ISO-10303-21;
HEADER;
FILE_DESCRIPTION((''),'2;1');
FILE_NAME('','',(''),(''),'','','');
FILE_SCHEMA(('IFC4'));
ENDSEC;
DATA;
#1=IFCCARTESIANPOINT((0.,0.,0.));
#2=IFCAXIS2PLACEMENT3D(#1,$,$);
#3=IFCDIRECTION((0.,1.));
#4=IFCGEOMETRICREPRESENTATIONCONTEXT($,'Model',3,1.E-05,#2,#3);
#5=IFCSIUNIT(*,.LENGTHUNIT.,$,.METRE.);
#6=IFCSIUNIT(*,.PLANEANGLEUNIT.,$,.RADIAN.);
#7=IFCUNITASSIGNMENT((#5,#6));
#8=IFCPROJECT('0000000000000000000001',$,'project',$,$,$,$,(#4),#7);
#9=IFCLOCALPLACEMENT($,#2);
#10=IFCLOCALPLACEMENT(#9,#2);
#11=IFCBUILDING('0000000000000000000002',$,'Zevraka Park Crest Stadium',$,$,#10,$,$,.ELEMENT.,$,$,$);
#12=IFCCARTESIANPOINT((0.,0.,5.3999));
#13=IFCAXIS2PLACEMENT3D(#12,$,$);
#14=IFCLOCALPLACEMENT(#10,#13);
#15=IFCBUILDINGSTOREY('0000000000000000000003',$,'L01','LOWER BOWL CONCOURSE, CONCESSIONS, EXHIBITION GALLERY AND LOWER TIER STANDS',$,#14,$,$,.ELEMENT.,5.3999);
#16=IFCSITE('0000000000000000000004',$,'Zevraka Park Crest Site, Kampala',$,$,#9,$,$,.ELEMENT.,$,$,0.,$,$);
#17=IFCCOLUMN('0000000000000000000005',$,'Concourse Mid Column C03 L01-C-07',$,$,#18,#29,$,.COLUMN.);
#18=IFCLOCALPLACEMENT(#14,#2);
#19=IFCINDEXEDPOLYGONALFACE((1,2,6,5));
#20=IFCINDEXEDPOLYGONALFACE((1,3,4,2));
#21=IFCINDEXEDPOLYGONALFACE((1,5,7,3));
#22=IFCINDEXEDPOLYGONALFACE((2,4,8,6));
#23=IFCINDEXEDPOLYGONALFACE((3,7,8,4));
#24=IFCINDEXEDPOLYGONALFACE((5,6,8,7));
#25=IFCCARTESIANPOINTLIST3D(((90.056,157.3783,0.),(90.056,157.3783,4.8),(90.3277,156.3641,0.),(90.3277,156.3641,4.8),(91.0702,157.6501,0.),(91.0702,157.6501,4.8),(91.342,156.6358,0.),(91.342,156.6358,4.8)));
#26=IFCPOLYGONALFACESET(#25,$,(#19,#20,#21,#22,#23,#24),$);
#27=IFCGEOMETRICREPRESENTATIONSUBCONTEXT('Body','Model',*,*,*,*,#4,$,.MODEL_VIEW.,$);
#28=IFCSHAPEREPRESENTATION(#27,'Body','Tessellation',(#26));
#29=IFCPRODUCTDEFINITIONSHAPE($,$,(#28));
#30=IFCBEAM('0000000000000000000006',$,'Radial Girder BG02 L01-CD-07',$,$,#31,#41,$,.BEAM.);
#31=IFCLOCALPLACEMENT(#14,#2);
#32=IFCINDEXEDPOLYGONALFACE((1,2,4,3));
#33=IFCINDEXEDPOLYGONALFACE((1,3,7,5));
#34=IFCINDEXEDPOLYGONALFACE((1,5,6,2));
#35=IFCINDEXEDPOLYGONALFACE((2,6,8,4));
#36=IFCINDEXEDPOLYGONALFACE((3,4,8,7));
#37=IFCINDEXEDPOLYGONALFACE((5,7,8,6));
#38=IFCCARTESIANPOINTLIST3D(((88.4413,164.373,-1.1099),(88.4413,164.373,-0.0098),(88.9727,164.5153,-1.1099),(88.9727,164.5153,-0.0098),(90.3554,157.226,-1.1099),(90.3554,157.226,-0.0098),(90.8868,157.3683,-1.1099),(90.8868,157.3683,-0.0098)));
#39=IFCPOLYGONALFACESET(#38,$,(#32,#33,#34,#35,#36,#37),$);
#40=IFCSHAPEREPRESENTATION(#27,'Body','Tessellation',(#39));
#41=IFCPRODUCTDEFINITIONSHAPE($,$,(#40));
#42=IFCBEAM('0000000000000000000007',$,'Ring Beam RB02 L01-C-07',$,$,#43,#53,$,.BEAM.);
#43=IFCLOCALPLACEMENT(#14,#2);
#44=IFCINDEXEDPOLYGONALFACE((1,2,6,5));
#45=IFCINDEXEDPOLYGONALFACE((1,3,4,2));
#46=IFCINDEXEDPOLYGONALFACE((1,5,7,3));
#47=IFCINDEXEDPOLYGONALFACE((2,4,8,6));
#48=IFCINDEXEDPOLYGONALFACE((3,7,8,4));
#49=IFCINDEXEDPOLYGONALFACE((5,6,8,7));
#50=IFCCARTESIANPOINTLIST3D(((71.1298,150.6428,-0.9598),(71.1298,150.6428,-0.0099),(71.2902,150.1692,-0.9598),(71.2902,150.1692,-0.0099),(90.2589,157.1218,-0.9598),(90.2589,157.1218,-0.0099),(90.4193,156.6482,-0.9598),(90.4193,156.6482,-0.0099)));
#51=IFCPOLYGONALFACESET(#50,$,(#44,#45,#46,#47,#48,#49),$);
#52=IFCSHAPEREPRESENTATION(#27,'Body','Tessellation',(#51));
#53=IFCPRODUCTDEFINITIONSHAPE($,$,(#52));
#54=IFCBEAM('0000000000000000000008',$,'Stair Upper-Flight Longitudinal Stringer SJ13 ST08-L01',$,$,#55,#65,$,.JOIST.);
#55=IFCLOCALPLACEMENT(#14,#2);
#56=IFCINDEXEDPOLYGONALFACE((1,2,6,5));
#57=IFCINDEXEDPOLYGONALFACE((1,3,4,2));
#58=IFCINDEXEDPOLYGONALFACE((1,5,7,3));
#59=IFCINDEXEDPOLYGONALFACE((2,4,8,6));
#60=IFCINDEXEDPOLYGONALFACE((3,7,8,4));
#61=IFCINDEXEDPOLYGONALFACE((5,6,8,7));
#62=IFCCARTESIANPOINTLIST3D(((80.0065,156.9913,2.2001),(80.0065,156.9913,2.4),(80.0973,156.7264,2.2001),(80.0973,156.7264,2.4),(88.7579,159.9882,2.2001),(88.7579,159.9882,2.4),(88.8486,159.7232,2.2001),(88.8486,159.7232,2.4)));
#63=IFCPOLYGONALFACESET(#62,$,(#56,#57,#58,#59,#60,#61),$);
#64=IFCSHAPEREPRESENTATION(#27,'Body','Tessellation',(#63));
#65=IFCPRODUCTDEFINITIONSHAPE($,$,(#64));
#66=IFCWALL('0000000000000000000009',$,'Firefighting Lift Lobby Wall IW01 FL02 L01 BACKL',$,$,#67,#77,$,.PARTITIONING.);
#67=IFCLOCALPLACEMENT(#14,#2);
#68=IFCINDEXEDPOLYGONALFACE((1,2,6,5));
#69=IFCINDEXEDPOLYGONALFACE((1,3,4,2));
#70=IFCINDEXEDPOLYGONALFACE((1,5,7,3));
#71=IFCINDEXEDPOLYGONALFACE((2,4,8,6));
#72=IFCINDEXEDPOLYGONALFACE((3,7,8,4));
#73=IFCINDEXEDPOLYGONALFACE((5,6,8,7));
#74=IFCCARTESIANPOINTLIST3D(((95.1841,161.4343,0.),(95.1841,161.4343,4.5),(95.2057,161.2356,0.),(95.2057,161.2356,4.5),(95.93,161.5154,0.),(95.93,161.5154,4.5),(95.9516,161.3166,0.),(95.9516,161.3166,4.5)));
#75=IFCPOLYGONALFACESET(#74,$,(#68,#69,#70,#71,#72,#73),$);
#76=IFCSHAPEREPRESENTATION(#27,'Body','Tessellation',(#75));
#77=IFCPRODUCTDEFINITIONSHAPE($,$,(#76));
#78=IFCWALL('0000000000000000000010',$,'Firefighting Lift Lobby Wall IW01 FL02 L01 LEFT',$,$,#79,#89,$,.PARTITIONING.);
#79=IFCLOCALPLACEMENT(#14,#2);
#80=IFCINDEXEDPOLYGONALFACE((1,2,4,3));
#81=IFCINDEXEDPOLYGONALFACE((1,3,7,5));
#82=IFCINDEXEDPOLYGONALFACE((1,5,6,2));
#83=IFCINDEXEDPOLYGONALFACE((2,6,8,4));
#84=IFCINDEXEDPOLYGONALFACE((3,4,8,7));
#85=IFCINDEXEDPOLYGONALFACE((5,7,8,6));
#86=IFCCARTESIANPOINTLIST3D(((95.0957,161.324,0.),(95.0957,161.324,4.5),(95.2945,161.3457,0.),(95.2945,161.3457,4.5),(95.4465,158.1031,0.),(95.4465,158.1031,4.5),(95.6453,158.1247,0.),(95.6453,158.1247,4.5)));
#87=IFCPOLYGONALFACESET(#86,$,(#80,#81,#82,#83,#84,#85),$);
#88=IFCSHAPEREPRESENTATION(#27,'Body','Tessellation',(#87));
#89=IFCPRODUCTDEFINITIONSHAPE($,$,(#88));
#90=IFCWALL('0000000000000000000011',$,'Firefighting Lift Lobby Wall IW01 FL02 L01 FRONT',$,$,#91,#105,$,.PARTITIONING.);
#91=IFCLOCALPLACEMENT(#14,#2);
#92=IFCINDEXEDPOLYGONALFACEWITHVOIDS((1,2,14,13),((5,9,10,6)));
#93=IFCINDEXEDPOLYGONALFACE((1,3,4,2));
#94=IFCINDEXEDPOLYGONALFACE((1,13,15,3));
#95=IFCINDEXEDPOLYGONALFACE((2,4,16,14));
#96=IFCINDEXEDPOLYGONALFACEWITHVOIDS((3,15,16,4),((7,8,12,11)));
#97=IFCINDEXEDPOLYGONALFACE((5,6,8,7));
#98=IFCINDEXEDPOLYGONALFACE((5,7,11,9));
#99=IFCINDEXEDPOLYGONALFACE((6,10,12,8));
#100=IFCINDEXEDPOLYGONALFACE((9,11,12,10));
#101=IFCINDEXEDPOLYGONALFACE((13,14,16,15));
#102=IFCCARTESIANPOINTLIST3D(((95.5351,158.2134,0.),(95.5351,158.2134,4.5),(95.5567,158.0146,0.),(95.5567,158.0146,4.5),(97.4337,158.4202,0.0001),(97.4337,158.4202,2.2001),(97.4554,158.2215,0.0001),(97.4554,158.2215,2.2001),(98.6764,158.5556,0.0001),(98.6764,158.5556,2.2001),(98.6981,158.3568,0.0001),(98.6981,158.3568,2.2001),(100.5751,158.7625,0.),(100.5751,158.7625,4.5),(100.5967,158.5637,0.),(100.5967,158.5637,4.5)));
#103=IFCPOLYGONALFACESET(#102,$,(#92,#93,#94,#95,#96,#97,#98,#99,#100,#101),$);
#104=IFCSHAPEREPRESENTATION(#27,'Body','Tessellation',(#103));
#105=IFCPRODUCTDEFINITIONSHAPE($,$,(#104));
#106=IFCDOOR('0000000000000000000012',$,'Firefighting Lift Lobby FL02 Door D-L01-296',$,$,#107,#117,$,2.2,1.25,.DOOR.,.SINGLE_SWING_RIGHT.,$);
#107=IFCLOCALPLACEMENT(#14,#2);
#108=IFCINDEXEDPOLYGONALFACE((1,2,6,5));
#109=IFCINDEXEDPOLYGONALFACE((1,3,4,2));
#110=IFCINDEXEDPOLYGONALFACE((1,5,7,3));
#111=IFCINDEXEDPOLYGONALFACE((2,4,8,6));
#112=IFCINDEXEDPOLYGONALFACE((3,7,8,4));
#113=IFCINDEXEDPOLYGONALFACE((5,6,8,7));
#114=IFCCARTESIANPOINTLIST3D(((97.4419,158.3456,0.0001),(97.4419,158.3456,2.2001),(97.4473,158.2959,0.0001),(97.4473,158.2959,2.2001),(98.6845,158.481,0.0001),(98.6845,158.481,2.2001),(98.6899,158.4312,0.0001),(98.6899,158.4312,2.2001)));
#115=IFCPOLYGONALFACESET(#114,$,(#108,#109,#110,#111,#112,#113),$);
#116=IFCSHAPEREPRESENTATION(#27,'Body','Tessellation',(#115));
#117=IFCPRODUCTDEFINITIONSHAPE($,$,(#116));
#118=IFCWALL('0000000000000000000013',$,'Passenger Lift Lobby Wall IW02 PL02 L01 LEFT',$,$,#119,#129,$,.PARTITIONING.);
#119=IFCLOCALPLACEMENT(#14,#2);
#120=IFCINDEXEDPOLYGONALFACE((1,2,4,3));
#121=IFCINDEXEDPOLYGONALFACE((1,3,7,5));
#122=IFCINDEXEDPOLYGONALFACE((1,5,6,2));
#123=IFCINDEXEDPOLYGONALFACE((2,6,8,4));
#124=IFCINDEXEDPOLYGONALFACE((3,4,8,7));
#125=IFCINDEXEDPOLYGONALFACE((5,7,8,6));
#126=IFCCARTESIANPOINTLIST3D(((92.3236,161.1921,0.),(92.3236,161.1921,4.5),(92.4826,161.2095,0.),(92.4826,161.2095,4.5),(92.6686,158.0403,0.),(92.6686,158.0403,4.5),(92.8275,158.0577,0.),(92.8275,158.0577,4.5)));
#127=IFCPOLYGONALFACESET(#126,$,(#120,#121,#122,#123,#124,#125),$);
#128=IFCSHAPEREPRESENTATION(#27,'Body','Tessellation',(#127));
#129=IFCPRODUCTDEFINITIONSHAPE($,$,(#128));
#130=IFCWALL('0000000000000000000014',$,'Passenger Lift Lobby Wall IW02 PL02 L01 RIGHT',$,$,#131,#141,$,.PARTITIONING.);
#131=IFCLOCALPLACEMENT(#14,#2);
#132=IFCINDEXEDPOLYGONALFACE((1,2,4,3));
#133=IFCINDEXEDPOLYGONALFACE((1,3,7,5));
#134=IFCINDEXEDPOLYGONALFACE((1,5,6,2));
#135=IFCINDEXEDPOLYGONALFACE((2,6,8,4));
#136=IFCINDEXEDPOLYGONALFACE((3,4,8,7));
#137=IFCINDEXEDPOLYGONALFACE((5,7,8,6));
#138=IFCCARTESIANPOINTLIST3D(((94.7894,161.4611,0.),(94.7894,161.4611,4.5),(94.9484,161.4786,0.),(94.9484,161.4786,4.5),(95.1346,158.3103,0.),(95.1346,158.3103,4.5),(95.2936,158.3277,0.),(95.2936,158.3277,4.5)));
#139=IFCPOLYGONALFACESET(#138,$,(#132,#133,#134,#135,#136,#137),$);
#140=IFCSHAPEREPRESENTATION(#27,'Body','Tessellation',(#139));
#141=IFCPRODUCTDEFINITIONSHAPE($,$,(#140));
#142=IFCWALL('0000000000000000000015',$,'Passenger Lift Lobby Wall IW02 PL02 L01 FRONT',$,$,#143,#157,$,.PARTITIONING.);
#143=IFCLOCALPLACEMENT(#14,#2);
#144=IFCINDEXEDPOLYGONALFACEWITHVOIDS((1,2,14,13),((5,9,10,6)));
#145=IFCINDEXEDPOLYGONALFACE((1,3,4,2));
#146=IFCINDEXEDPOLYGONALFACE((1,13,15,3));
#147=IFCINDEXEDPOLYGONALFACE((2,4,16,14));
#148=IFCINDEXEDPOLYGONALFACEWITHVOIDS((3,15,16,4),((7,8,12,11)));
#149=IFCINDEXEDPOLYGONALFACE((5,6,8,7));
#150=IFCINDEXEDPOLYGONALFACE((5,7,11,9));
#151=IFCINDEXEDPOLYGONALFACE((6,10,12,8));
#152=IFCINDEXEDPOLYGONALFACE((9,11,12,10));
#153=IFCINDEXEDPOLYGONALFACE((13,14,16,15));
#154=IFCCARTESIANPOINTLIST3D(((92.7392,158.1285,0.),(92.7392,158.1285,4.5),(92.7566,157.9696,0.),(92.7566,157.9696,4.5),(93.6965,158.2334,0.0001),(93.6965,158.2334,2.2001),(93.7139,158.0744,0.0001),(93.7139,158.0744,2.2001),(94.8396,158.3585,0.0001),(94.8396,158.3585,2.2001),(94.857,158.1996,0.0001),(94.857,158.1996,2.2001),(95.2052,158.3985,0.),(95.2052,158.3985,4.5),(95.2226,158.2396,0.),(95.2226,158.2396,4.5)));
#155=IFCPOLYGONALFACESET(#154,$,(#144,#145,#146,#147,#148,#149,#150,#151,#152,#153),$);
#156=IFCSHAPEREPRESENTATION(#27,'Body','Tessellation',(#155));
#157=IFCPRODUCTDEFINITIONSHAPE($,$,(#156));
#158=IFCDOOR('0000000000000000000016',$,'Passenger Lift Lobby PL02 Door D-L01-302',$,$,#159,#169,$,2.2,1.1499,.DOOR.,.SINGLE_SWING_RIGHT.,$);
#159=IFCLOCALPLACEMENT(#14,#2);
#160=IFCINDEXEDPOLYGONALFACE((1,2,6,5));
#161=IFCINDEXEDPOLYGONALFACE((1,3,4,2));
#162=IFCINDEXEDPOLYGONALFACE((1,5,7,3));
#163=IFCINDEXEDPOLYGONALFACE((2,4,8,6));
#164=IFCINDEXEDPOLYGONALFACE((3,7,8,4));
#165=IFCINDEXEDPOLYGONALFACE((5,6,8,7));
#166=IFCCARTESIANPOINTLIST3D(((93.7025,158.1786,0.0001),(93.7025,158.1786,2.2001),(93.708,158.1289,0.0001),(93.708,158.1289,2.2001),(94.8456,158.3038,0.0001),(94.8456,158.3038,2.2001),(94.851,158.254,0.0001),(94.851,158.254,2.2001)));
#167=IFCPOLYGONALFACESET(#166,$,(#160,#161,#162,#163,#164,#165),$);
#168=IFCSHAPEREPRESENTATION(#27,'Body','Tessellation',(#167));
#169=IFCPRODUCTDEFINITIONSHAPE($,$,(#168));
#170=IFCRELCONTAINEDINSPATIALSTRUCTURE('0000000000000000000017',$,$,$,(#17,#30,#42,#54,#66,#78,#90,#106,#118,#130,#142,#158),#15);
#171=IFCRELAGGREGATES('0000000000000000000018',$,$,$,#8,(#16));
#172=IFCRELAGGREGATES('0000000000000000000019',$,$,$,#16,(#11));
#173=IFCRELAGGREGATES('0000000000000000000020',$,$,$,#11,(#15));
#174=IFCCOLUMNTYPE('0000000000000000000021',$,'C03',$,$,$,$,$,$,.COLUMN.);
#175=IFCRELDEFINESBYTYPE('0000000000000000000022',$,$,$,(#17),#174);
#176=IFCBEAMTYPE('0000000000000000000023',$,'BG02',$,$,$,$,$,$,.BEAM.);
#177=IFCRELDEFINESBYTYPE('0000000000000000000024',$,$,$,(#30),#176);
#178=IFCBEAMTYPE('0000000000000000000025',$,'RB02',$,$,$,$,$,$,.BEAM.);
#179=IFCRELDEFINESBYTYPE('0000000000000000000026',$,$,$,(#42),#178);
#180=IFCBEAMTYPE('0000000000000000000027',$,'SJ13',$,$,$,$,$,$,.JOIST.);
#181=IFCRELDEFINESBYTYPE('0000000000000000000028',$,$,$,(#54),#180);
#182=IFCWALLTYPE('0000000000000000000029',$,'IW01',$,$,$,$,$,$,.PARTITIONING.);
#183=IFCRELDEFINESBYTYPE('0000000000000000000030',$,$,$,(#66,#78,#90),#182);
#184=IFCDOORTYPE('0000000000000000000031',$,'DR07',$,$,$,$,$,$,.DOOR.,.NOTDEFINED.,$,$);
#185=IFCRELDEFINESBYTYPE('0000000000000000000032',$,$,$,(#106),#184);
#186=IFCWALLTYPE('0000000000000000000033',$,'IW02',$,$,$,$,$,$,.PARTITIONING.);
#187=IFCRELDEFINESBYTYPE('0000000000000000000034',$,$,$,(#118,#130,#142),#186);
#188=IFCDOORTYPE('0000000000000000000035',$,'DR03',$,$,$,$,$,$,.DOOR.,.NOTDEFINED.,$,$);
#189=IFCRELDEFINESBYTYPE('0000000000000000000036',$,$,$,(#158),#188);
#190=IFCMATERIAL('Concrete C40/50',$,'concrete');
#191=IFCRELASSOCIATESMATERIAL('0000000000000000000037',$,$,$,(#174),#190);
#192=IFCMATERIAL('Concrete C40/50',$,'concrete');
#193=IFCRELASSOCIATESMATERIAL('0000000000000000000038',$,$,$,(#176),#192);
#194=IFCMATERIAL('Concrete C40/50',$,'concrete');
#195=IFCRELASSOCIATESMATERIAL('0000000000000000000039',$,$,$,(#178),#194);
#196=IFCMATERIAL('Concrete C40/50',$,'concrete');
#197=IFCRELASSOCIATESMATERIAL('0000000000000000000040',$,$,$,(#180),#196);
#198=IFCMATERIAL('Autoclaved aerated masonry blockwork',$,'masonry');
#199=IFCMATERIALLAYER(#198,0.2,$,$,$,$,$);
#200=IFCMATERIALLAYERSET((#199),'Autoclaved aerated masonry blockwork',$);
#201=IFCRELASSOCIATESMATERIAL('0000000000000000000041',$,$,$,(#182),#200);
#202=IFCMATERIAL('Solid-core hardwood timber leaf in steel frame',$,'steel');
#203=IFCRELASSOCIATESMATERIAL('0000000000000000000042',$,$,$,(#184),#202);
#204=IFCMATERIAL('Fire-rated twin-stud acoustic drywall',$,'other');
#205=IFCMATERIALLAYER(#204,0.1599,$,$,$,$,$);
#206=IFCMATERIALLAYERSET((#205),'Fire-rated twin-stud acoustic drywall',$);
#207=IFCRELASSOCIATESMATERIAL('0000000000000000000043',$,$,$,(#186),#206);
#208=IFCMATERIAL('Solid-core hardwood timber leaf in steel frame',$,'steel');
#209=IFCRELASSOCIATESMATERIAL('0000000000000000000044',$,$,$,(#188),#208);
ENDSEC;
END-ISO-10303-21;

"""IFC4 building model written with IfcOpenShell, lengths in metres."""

from ifc_helpers import new_model, si_unit, direction, frame, frame_2d, origin, origin_2d, place, context, subcontext, project, spatial, rectangle, extrude, material, layer, layer_set, material_profile, profile_set, type_object, element, fill, save


model = new_model("IFC4")

# Units and contexts
model_context = context("Model", 3, precision=1e-05, world=origin(), true_north=direction((0.0, 1.0)))
body_context = subcontext(model_context, "Body", "Model", "MODEL_VIEW")
ifc_project = project(units=[si_unit("LENGTHUNIT", "METRE"), si_unit("PLANEANGLEUNIT", "RADIAN")], contexts=[model_context])

# Site, building, storey
site_placement = place(None, origin())
site = spatial("IfcSite", under=ifc_project, at=site_placement, Name="Zevraka Park Crest Site, Kampala", CompositionType="ELEMENT", RefElevation=0.0)
building_placement = place(site_placement, origin())
building = spatial("IfcBuilding", under=site, at=building_placement, Name="Zevraka Park Crest Stadium", CompositionType="ELEMENT")
storey_placement = place(building_placement, frame((0.0, 0.0, 5.3999)))
storey = spatial("IfcBuildingStorey", under=building, at=storey_placement, Name="L01", Description="LOWER BOWL CONCOURSE, CONCESSIONS, EXHIBITION GALLERY AND LOWER TIER STANDS", CompositionType="ELEMENT", Elevation=5.3999)

# Column
ifc_material_1 = material(Name="Concrete C40/50", Category="concrete")
ifc_material_profile_1 = material_profile(ifc_material_1, rectangle(XDim=1.05, YDim=1.05, at=origin_2d()), Name="RC 1050x1050")
ifc_profile_set_1 = profile_set([ifc_material_profile_1], Name="Concrete C40/50")
column_type = type_object("IfcColumnType", Name="C03", PredefinedType="COLUMN", material=ifc_profile_set_1)
column_placement = place(storey_placement, frame((90.699, 157.0071, 0.0), z_axis=(0.0, 0.0, 1.0), x_axis=(-0.258819, 0.965926, 0.0)))
element("IfcColumn", 1, at=column_placement, inside=storey, type_object=column_type, Name="Concourse Mid Column C03 L01-C-07", PredefinedType="COLUMN", context=body_context, shape_type="SweptSolid", body=[
    extrude(rectangle(XDim=1.05, YDim=1.05, at=origin_2d()), origin(), (0.0, 0.0, 1.0), 4.8),
])

# Beams
ifc_material_2 = material(Name="Concrete C40/50", Category="concrete")
ifc_material_profile_2 = material_profile(ifc_material_2, rectangle(XDim=0.55, YDim=1.1001, at=origin_2d()), Name="RC 1100x550")
ifc_profile_set_2 = profile_set([ifc_material_profile_2], Name="Concrete C40/50")
beam_type_1 = type_object("IfcBeamType", Name="BG02", PredefinedType="BEAM", material=ifc_profile_set_2)
beam_1_placement = place(storey_placement, frame((90.6211, 157.2971, -0.5598), z_axis=(-0.258698, 0.965958, 0.0), x_axis=(-0.965958, -0.258698, 0.0)))
element("IfcBeam", 2, at=beam_1_placement, inside=storey, type_object=beam_type_1, Name="Radial Girder BG02 L01-CD-07", PredefinedType="BEAM", context=body_context, shape_type="SweptSolid", body=[
    extrude(rectangle(XDim=0.55, YDim=1.1001, at=origin_2d()), origin(), (0.0, 0.0, 1.0), 7.3989),
])
ifc_material_3 = material(Name="Concrete C40/50", Category="concrete")
ifc_material_profile_3 = material_profile(ifc_material_3, rectangle(XDim=0.5, YDim=0.95, at=origin_2d()), Name="RC 950x500")
ifc_profile_set_3 = profile_set([ifc_material_profile_3], Name="Concrete C40/50")
beam_type_2 = type_object("IfcBeamType", Name="RB02", PredefinedType="BEAM", material=ifc_profile_set_3)
beam_2_placement = place(storey_placement, frame((90.3391, 156.885, -0.4849), z_axis=(-0.947148, -0.320797, 0.0), x_axis=(0.320797, -0.947148, 0.0)))
element("IfcBeam", 3, at=beam_2_placement, inside=storey, type_object=beam_type_2, Name="Ring Beam RB02 L01-C-07", PredefinedType="BEAM", context=body_context, shape_type="SweptSolid", body=[
    extrude(rectangle(XDim=0.5, YDim=0.95, at=origin_2d()), origin(), (0.0, 0.0, 1.0), 20.1965),
])
ifc_material_4 = material(Name="Concrete C40/50", Category="concrete")
ifc_material_profile_4 = material_profile(ifc_material_4, rectangle(XDim=0.28, YDim=0.2, at=origin_2d()), Name="RC 200x280")
ifc_profile_set_4 = profile_set([ifc_material_profile_4], Name="Concrete C40/50")
beam_type_3 = type_object("IfcBeamType", Name="SJ13", PredefinedType="JOIST", material=ifc_profile_set_4)
beam_3_placement = place(storey_placement, frame((88.8032, 159.8557, 2.3), z_axis=(-0.946065, -0.323977, 0.0), x_axis=(0.323977, -0.946065, 0.0)))
element("IfcBeam", 4, at=beam_3_placement, inside=storey, type_object=beam_type_3, Name="Stair Upper-Flight Longitudinal Stringer SJ13 ST08-L01", PredefinedType="JOIST", context=body_context, shape_type="SweptSolid", body=[
    extrude(rectangle(XDim=0.28, YDim=0.2, at=origin_2d()), origin(), (0.0, 0.0, 1.0), 9.2502),
])

# Walls
ifc_material_5 = material(Name="Autoclaved aerated masonry blockwork", Category="masonry")
ifc_layer_1 = layer(ifc_material_5, 0.2)
ifc_layer_set_1 = layer_set([ifc_layer_1], Name="Autoclaved aerated masonry blockwork")
wall_type_1 = type_object("IfcWallType", Name="IW01", PredefinedType="PARTITIONING", material=ifc_layer_set_1)
wall_1_placement = place(storey_placement, frame((95.1951, 161.335, 0.0), z_axis=(0.0, 0.0, 1.0), x_axis=(0.994147, 0.108038, 0.0)))
element("IfcWall", 5, at=wall_1_placement, inside=storey, type_object=wall_type_1, Name="Firefighting Lift Lobby Wall IW01 FL02 L01 BACKL", PredefinedType="PARTITIONING", context=body_context, shape_type="SweptSolid", body=[
    extrude(rectangle(XDim=0.7502, YDim=0.2, at=frame_2d((0.375, 0.0))), origin(), (0.0, 0.0, 1.0), 4.5),
])
wall_2_placement = place(storey_placement, frame((95.1951, 161.335, 0.0), z_axis=(0.0, 0.0, 1.0), x_axis=(0.108281, -0.99412, 0.0)))
element("IfcWall", 6, at=wall_2_placement, inside=storey, type_object=wall_type_1, Name="Firefighting Lift Lobby Wall IW01 FL02 L01 LEFT", PredefinedType="PARTITIONING", context=body_context, shape_type="SweptSolid", body=[
    extrude(rectangle(XDim=3.24, YDim=0.2, at=frame_2d((1.6201, 0.0))), origin(), (0.0, 0.0, 1.0), 4.5),
])

# Wall, opening, door
wall_3_placement = place(storey_placement, frame((95.5459, 158.114, 0.0), z_axis=(0.0, 0.0, 1.0), x_axis=(0.994118, 0.108301, 0.0)))
wall_3 = element("IfcWall", 7, at=wall_3_placement, inside=storey, type_object=wall_type_1, Name="Firefighting Lift Lobby Wall IW01 FL02 L01 FRONT", PredefinedType="PARTITIONING", context=body_context, shape_type="SweptSolid", body=[
    extrude(rectangle(XDim=5.0698, YDim=0.2, at=frame_2d((2.5349, 0.0))), origin(), (0.0, 0.0, 1.0), 4.5),
])
opening_1_placement = place(wall_3_placement, frame((1.9099, 0.0, 0.0)))
opening_1 = element("IfcOpeningElement", 8, at=opening_1_placement, cuts=wall_3, PredefinedType="OPENING", context=body_context, shape_type="SweptSolid", body=[
    extrude(rectangle(XDim=1.25, YDim=2.2, at=frame_2d((0.625, 1.1001))), frame((0.0, 0.1099, 0.0), z_axis=(0.0, -1.0, 0.0), x_axis=(1.0, 0.0, 0.0)), (0.0, 0.0, 1.0), 0.22),
])
ifc_material_6 = material(Name="Solid-core hardwood timber leaf in steel frame", Category="steel")
door_type_1 = type_object("IfcDoorType", Name="DR07", OperationType="NOTDEFINED", PredefinedType="DOOR", material=ifc_material_6)
door_1_placement = place(opening_1_placement, origin())
door_1 = element("IfcDoor", 9, at=door_1_placement, inside=storey, type_object=door_type_1, Name="Firefighting Lift Lobby FL02 Door D-L01-296", OperationType="SINGLE_SWING_RIGHT", OverallHeight=2.2, OverallWidth=1.25, PredefinedType="DOOR", context=body_context, shape_type="SweptSolid", body=[
    extrude(rectangle(XDim=1.25, YDim=2.2, at=frame_2d((0.625, 1.1001))), frame((0.0, 0.0249, 0.0), z_axis=(0.0, -1.0, 0.0), x_axis=(1.0, 0.0, 0.0)), (0.0, 0.0, 1.0), 0.05),
])
fill(opening_1, door_1)

# Walls
ifc_material_7 = material(Name="Fire-rated twin-stud acoustic drywall", Category="other")
ifc_layer_2 = layer(ifc_material_7, 0.1599)
ifc_layer_set_2 = layer_set([ifc_layer_2], Name="Fire-rated twin-stud acoustic drywall")
wall_type_2 = type_object("IfcWallType", Name="IW02", PredefinedType="PARTITIONING", material=ifc_layer_set_2)
wall_4_placement = place(storey_placement, frame((92.4031, 161.2009, 0.0), z_axis=(0.0, 0.0, 1.0), x_axis=(0.1088, -0.994064, 0.0)))
element("IfcWall", 10, at=wall_4_placement, inside=storey, type_object=wall_type_2, Name="Passenger Lift Lobby Wall IW02 PL02 L01 LEFT", PredefinedType="PARTITIONING", context=body_context, shape_type="SweptSolid", body=[
    extrude(rectangle(XDim=3.1707, YDim=0.1599, at=frame_2d((1.5854, 0.0))), origin(), (0.0, 0.0, 1.0), 4.5),
])
wall_5_placement = place(storey_placement, frame((94.8689, 161.47, 0.0), z_axis=(0.0, 0.0, 1.0), x_axis=(0.10891, -0.994052, 0.0)))
element("IfcWall", 11, at=wall_5_placement, inside=storey, type_object=wall_type_2, Name="Passenger Lift Lobby Wall IW02 PL02 L01 RIGHT", PredefinedType="PARTITIONING", context=body_context, shape_type="SweptSolid", body=[
    extrude(rectangle(XDim=3.1697, YDim=0.1599, at=frame_2d((1.585, 0.0))), origin(), (0.0, 0.0, 1.0), 4.5),
])

# Wall, opening, door
wall_6_placement = place(storey_placement, frame((92.748, 158.0491, 0.0), z_axis=(0.0, 0.0, 1.0), x_axis=(0.994059, 0.108844, 0.0)))
wall_6 = element("IfcWall", 12, at=wall_6_placement, inside=storey, type_object=wall_type_2, Name="Passenger Lift Lobby Wall IW02 PL02 L01 FRONT", PredefinedType="PARTITIONING", context=body_context, shape_type="SweptSolid", body=[
    extrude(rectangle(XDim=2.4807, YDim=0.1599, at=frame_2d((1.2402, 0.0))), origin(), (0.0, 0.0, 1.0), 4.5),
])
opening_2_placement = place(wall_6_placement, frame((0.9629, 0.0, 0.0)))
opening_2 = element("IfcOpeningElement", 13, at=opening_2_placement, cuts=wall_6, PredefinedType="OPENING", context=body_context, shape_type="SweptSolid", body=[
    extrude(rectangle(XDim=1.1499, YDim=2.2, at=frame_2d((0.575, 1.1001))), frame((0.0, 0.0898, 0.0), z_axis=(0.0, -1.0, 0.0), x_axis=(1.0, 0.0, 0.0)), (0.0, 0.0, 1.0), 0.1799),
])
ifc_material_8 = material(Name="Solid-core hardwood timber leaf in steel frame", Category="steel")
door_type_2 = type_object("IfcDoorType", Name="DR03", OperationType="NOTDEFINED", PredefinedType="DOOR", material=ifc_material_8)
door_2_placement = place(opening_2_placement, origin())
door_2 = element("IfcDoor", 14, at=door_2_placement, inside=storey, type_object=door_type_2, Name="Passenger Lift Lobby PL02 Door D-L01-302", OperationType="SINGLE_SWING_RIGHT", OverallHeight=2.2, OverallWidth=1.1499, PredefinedType="DOOR", context=body_context, shape_type="SweptSolid", body=[
    extrude(rectangle(XDim=1.1499, YDim=2.2, at=frame_2d((0.575, 1.1001))), frame((0.0, 0.0249, 0.0), z_axis=(0.0, -1.0, 0.0), x_axis=(1.0, 0.0, 0.0)), (0.0, 0.0, 1.0), 0.05),
])
fill(opening_2, door_2)

save(model, "model.ifc")
